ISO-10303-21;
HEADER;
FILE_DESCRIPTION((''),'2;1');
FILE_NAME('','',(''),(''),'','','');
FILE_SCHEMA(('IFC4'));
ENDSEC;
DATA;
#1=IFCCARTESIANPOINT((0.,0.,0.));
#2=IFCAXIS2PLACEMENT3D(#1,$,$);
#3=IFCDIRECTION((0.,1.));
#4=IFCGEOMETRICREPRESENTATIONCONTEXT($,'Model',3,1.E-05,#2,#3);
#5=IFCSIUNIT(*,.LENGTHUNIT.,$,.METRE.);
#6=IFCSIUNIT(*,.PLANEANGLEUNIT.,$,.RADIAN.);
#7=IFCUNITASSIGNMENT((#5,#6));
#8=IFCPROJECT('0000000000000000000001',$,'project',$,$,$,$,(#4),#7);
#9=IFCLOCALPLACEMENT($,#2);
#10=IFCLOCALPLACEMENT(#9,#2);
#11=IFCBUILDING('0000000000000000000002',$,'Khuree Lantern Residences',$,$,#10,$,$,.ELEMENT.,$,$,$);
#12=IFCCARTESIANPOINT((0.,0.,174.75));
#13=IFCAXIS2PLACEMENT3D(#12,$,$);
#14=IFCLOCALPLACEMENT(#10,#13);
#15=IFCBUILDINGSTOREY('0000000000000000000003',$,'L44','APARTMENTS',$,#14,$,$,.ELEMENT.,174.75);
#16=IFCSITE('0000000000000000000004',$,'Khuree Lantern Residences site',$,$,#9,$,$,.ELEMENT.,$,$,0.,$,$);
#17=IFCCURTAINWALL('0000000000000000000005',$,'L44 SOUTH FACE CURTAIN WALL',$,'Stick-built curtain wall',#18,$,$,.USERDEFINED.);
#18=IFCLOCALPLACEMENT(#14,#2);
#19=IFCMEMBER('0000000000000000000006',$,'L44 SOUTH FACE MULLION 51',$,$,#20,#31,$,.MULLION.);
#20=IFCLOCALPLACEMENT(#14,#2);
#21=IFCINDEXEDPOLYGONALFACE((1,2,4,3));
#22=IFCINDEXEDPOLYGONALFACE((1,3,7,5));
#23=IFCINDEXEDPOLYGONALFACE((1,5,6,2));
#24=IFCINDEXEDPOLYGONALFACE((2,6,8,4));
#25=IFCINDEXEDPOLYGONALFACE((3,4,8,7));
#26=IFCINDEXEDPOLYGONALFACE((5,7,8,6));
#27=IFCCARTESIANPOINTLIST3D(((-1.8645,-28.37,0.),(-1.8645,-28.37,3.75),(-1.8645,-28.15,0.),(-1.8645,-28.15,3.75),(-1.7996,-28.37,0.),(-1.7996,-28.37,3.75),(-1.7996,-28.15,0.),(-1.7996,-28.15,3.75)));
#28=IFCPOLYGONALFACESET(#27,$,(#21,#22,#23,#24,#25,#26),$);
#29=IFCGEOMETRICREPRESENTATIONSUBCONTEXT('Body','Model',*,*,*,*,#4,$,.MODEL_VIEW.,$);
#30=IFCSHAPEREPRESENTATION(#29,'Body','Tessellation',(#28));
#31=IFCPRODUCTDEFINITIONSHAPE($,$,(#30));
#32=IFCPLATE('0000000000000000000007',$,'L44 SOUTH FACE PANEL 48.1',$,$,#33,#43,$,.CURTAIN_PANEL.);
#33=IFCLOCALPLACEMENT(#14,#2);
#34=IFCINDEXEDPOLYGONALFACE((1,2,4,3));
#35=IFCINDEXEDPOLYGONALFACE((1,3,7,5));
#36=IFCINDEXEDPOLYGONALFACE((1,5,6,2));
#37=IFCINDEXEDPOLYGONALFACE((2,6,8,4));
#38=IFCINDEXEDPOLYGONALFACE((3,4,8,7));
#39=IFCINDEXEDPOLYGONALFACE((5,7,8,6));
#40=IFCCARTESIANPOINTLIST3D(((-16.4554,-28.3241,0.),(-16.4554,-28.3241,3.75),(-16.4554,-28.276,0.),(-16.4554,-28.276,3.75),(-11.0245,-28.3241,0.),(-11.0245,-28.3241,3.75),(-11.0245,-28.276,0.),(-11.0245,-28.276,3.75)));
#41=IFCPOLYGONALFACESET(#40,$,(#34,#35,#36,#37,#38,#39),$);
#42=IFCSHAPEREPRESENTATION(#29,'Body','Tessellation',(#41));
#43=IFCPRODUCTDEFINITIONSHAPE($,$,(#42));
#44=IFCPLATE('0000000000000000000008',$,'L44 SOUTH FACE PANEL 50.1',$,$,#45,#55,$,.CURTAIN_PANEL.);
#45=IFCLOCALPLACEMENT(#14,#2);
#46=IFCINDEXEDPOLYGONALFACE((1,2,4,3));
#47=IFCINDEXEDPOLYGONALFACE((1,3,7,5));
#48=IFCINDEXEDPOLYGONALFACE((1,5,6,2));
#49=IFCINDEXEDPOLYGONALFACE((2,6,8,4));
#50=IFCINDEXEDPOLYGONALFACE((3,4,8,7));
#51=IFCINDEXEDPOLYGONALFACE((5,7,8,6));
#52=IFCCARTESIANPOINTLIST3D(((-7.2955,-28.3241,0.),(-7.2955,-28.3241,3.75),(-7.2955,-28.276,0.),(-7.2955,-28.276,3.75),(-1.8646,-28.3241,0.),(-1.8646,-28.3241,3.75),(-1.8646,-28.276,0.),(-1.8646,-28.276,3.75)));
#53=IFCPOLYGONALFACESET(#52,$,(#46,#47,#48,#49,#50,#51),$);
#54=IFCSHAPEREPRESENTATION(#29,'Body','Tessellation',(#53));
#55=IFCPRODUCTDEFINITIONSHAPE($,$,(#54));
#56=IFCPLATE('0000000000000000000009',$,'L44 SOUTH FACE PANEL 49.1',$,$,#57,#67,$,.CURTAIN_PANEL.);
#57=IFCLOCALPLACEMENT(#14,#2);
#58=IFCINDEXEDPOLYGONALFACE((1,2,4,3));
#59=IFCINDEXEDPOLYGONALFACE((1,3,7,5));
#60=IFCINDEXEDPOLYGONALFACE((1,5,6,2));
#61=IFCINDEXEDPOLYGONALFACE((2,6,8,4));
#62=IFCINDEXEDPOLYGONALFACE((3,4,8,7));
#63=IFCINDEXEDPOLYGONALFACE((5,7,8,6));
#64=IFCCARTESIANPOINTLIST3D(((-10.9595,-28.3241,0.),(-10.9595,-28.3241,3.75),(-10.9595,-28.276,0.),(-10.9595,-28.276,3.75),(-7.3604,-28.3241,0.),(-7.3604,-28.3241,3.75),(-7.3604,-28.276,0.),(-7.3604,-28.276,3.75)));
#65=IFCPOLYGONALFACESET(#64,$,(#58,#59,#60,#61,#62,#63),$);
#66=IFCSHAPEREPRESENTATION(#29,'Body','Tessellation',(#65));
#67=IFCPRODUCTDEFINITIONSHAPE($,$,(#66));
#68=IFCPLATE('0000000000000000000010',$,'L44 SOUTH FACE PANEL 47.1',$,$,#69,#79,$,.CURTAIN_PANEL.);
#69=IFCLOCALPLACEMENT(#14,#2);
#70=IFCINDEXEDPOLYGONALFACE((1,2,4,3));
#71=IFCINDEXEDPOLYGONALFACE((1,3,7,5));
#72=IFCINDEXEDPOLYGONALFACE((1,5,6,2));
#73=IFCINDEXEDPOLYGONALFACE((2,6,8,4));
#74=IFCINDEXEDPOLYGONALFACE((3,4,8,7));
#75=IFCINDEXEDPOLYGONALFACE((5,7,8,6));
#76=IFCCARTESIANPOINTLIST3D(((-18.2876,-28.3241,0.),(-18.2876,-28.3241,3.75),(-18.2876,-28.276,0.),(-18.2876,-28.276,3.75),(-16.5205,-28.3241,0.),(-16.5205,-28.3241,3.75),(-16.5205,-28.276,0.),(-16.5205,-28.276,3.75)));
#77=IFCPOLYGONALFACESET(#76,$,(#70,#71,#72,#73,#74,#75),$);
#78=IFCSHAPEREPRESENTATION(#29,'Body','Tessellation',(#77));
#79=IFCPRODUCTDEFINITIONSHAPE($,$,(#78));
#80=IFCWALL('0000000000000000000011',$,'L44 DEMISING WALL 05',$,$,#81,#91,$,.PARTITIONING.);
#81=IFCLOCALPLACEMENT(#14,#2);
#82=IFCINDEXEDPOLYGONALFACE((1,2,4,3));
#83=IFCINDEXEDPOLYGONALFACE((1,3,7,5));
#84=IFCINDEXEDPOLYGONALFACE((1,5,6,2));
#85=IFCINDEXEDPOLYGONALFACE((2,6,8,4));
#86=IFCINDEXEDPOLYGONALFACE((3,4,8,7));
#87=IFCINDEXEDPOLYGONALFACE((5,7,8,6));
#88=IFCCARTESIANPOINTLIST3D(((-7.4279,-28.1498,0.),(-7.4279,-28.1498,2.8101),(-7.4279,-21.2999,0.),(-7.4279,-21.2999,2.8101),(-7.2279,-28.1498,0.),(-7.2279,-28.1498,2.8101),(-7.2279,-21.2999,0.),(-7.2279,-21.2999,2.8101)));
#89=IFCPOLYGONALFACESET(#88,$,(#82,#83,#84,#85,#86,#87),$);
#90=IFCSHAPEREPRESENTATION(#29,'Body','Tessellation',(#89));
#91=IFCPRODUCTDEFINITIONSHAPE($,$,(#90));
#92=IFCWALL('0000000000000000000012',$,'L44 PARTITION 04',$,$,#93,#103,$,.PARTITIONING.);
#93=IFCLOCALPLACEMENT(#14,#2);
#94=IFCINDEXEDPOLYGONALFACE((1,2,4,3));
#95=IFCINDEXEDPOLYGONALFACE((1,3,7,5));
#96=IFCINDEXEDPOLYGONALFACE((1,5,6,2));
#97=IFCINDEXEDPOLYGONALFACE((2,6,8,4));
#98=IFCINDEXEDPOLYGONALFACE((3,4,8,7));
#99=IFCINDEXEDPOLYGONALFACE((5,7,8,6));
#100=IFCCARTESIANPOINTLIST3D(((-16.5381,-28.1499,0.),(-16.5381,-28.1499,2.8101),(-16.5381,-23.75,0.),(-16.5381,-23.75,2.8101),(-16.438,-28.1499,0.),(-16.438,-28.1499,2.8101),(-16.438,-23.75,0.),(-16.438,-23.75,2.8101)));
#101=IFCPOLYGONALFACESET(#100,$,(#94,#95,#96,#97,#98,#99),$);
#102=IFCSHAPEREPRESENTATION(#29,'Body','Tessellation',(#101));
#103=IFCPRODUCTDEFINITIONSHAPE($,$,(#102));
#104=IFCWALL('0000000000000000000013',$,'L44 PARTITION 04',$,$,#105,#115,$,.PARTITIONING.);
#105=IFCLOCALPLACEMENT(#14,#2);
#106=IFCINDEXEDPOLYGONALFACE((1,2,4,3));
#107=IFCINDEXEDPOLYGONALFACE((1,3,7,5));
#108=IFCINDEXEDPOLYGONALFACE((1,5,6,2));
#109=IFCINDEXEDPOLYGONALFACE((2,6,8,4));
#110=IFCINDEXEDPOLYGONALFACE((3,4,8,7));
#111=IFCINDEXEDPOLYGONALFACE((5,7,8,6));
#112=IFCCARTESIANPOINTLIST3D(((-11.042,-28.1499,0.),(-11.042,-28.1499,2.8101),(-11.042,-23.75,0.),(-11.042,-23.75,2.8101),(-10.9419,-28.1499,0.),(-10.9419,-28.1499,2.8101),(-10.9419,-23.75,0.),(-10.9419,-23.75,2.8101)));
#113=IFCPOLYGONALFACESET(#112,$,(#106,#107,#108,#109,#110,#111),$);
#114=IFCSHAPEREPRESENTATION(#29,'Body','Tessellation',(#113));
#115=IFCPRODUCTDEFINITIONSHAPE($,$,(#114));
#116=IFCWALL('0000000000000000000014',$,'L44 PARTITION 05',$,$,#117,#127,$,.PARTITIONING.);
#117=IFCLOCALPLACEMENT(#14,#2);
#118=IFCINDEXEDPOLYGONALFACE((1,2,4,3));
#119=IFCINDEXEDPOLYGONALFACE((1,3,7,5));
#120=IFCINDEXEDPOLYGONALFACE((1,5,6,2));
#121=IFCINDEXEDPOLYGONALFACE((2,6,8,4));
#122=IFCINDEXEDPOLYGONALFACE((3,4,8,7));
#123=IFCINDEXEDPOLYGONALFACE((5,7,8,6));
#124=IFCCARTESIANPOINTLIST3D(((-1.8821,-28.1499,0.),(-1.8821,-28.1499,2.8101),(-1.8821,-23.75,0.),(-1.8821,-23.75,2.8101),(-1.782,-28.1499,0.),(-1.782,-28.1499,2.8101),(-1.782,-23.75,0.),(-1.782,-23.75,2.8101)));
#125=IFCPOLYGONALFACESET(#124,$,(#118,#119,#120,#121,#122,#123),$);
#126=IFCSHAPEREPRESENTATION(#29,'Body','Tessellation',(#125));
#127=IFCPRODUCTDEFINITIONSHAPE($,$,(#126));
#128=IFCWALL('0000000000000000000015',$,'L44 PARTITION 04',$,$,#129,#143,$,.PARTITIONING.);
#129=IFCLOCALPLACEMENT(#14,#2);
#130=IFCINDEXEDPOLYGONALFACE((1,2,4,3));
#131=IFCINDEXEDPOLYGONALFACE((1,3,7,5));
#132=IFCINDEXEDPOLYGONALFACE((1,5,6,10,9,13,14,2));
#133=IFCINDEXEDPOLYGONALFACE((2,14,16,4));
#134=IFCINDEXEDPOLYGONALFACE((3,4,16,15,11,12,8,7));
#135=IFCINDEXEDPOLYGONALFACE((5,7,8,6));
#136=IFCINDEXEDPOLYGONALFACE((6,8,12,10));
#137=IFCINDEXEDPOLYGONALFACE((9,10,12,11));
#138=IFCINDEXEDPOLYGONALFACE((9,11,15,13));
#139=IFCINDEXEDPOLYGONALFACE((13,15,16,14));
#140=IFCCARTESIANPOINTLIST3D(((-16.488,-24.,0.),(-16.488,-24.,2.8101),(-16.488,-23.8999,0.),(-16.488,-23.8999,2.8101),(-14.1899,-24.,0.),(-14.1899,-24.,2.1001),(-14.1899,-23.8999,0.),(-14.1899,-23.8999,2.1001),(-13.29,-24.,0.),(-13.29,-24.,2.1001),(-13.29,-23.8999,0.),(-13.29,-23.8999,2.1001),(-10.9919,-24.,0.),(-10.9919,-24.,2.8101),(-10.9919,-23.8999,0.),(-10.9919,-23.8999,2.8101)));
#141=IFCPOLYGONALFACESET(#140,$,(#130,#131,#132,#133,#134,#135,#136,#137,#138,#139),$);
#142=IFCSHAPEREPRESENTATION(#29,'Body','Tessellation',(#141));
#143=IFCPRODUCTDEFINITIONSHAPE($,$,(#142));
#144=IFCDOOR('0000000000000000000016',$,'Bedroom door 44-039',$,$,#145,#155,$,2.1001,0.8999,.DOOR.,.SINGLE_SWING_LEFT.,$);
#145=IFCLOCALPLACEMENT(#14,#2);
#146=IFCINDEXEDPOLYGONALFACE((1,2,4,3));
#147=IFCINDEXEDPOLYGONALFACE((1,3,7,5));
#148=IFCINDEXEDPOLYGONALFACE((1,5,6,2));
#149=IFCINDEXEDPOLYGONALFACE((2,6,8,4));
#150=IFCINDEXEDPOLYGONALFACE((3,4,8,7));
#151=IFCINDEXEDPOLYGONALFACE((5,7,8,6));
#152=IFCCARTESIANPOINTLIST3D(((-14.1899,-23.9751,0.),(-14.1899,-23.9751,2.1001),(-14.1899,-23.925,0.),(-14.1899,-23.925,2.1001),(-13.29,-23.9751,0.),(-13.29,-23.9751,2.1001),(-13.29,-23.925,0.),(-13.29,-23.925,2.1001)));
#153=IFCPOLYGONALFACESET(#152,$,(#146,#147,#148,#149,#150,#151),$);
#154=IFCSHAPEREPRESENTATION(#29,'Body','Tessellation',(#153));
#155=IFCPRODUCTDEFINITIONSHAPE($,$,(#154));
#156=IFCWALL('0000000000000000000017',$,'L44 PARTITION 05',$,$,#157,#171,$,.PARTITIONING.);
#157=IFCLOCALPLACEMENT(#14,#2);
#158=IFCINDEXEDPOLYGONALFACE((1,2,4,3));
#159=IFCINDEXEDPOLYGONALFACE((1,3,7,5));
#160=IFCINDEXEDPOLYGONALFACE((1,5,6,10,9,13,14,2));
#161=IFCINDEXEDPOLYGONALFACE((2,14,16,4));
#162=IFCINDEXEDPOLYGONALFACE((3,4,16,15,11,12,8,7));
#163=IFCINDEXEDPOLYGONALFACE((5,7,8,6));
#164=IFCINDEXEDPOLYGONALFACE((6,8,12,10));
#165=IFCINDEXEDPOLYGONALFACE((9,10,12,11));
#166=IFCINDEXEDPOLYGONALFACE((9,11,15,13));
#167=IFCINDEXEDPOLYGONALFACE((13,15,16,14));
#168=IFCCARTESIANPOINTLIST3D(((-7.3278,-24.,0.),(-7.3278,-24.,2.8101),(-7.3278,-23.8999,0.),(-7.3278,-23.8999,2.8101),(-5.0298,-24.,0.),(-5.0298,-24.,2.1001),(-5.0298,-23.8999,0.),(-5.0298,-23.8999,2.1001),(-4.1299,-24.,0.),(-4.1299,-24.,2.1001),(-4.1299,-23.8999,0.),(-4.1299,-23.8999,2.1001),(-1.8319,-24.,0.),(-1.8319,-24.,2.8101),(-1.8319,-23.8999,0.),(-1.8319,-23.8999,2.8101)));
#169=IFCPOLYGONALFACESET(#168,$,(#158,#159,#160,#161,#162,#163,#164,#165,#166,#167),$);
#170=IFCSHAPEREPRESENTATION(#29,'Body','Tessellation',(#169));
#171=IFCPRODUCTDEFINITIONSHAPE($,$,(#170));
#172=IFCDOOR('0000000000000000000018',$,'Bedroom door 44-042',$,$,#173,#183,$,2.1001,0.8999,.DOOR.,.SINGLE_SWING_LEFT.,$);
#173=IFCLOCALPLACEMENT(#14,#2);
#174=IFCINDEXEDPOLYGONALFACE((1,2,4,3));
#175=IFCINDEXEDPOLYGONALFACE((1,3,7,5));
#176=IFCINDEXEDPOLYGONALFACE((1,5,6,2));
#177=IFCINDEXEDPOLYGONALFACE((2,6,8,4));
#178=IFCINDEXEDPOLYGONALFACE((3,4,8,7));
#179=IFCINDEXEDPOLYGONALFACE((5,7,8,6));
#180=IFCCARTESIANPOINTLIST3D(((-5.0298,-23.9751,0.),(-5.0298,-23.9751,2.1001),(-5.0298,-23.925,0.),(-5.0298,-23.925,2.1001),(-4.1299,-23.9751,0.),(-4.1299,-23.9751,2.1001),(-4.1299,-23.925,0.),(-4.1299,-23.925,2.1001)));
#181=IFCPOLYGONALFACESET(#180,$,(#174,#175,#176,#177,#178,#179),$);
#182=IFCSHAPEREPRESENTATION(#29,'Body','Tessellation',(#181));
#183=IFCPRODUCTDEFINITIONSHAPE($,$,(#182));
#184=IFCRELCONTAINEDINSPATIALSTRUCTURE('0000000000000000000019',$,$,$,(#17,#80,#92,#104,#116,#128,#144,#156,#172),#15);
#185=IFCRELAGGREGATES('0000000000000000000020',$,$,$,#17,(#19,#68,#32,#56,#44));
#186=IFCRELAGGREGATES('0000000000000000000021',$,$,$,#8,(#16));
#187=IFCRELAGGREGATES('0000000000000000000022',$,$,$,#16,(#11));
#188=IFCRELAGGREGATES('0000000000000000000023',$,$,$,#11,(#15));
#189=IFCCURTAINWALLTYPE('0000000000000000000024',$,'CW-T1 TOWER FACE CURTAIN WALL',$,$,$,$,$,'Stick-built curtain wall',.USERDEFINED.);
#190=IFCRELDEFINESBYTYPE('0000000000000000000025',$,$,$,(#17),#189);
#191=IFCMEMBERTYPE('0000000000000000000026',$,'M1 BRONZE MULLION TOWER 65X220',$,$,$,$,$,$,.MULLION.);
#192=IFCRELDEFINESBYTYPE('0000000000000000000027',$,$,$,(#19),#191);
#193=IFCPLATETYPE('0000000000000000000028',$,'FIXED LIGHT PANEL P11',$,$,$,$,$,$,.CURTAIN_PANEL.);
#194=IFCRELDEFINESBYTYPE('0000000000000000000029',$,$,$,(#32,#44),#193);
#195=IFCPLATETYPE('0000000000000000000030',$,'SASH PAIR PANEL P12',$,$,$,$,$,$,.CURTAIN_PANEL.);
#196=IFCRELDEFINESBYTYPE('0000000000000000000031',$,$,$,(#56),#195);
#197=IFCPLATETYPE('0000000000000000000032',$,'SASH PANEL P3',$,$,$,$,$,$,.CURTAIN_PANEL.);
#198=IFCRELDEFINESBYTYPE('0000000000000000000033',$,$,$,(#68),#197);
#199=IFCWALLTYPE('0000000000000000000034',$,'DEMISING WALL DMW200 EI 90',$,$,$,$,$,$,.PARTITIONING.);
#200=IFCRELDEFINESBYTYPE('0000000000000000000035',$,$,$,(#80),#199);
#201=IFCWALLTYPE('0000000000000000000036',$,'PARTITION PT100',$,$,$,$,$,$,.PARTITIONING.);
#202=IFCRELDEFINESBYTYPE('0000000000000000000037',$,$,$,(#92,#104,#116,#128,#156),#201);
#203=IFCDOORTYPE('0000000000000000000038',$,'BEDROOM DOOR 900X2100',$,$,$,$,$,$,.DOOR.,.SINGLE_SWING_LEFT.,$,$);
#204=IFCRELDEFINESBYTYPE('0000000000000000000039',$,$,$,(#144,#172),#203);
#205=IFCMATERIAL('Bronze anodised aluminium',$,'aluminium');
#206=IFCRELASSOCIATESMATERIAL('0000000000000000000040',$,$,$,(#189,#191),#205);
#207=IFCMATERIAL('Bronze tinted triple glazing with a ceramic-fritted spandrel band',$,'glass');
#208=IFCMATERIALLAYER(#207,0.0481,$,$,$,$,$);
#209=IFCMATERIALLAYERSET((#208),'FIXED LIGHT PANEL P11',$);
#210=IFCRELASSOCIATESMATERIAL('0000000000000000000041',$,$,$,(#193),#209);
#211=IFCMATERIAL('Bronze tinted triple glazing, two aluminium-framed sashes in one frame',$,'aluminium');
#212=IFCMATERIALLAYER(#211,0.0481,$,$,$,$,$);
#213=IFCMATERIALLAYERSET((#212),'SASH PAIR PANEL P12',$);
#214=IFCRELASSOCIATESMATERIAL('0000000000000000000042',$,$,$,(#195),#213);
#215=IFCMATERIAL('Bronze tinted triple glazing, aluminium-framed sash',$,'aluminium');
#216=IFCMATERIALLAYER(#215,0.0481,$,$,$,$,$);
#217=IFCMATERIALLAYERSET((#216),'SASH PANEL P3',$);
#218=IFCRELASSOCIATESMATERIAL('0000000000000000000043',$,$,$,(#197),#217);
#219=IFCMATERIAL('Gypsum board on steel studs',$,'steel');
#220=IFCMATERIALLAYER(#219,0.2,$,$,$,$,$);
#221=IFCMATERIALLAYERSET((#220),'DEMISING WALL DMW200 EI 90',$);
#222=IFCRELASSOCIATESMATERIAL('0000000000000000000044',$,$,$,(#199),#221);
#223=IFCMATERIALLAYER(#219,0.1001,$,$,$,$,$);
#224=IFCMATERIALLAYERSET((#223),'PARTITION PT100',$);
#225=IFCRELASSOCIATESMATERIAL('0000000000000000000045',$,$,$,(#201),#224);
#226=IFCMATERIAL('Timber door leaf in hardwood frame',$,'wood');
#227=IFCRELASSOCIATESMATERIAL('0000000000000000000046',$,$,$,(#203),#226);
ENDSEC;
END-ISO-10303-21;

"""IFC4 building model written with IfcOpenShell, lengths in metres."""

from ifc_helpers import new_model, si_unit, direction, frame, frame_2d, origin, origin_2d, place, context, subcontext, project, spatial, rectangle, extrude, material, layer, layer_set, material_profile, profile_set, type_object, element, fill, aggregate, save


model = new_model("IFC4")

# Units and contexts
model_context = context("Model", 3, precision=1e-05, world=origin(), true_north=direction((0.0, 1.0)))
body_context = subcontext(model_context, "Body", "Model", "MODEL_VIEW")
ifc_project = project(units=[si_unit("LENGTHUNIT", "METRE"), si_unit("PLANEANGLEUNIT", "RADIAN")], contexts=[model_context])

# Site, building, storey
site_placement = place(None, origin())
site = spatial("IfcSite", under=ifc_project, at=site_placement, Name="Khuree Lantern Residences site", CompositionType="ELEMENT", RefElevation=0.0)
building_placement = place(site_placement, origin())
building = spatial("IfcBuilding", under=site, at=building_placement, Name="Khuree Lantern Residences", CompositionType="ELEMENT")
storey_placement = place(building_placement, frame((0.0, 0.0, 174.75)))
storey = spatial("IfcBuildingStorey", under=building, at=storey_placement, Name="L44", Description="APARTMENTS", CompositionType="ELEMENT", Elevation=174.75)

# Curtain wall
ifc_material_1 = material(Name="Bronze anodised aluminium", Category="aluminium")
curtain_wall_type = type_object("IfcCurtainWallType", Name="CW-T1 TOWER FACE CURTAIN WALL", ElementType="Stick-built curtain wall", PredefinedType="USERDEFINED", material=ifc_material_1)
curtain_wall_placement = place(storey_placement, origin())
curtain_wall = element("IfcCurtainWall", 1, at=curtain_wall_placement, inside=storey, type_object=curtain_wall_type, Name="L44 SOUTH FACE CURTAIN WALL", ObjectType="Stick-built curtain wall", PredefinedType="USERDEFINED")

# Member
ifc_material_profile_1 = material_profile(ifc_material_1, rectangle(XDim=0.0649, YDim=0.22, at=origin_2d()), Name="M1 65X220")
ifc_profile_set_1 = profile_set([ifc_material_profile_1], Name="Bronze anodised aluminium")
member_type_1 = type_object("IfcMemberType", Name="M1 BRONZE MULLION TOWER 65X220", PredefinedType="MULLION", material=ifc_profile_set_1)
member_1_placement = place(storey_placement, frame((-1.832, -28.26, 0.0), z_axis=(0.0, 0.0, 1.0), x_axis=(1.0, 0.0, 0.0)))
member_1 = element("IfcMember", 2, at=member_1_placement, type_object=member_type_1, Name="L44 SOUTH FACE MULLION 51", PredefinedType="MULLION", context=body_context, shape_type="SweptSolid", body=[
    extrude(rectangle(XDim=0.0649, YDim=0.22, at=origin_2d()), origin(), (0.0, 0.0, 1.0), 3.75),
])

# Plates
ifc_material_2 = material(Name="Bronze tinted triple glazing with a ceramic-fritted spandrel band", Category="glass")
ifc_layer_1 = layer(ifc_material_2, 0.0481)
ifc_layer_set_1 = layer_set([ifc_layer_1], Name="FIXED LIGHT PANEL P11")
plate_type_1 = type_object("IfcPlateType", Name="FIXED LIGHT PANEL P11", PredefinedType="CURTAIN_PANEL", material=ifc_layer_set_1)
plate_1_placement = place(storey_placement, frame((-13.74, -28.3, 0.0), z_axis=(0.0, 0.0, 1.0), x_axis=(1.0, 0.0, 0.0)))
plate_1 = element("IfcPlate", 3, at=plate_1_placement, type_object=plate_type_1, Name="L44 SOUTH FACE PANEL 48.1", PredefinedType="CURTAIN_PANEL", context=body_context, shape_type="SweptSolid", body=[
    extrude(rectangle(XDim=5.4309, YDim=0.0481, at=origin_2d()), origin(), (0.0, 0.0, 1.0), 3.75),
])
plate_2_placement = place(storey_placement, frame((-4.5801, -28.3, 0.0), z_axis=(0.0, 0.0, 1.0), x_axis=(1.0, 0.0, 0.0)))
plate_2 = element("IfcPlate", 4, at=plate_2_placement, type_object=plate_type_1, Name="L44 SOUTH FACE PANEL 50.1", PredefinedType="CURTAIN_PANEL", context=body_context, shape_type="SweptSolid", body=[
    extrude(rectangle(XDim=5.4309, YDim=0.0481, at=origin_2d()), origin(), (0.0, 0.0, 1.0), 3.75),
])
ifc_material_3 = material(Name="Bronze tinted triple glazing, two aluminium-framed sashes in one frame", Category="aluminium")
ifc_layer_2 = layer(ifc_material_3, 0.0481)
ifc_layer_set_2 = layer_set([ifc_layer_2], Name="SASH PAIR PANEL P12")
plate_type_2 = type_object("IfcPlateType", Name="SASH PAIR PANEL P12", PredefinedType="CURTAIN_PANEL", material=ifc_layer_set_2)
plate_3_placement = place(storey_placement, frame((-9.1599, -28.3, 0.0), z_axis=(0.0, 0.0, 1.0), x_axis=(1.0, 0.0, 0.0)))
plate_3 = element("IfcPlate", 5, at=plate_3_placement, type_object=plate_type_2, Name="L44 SOUTH FACE PANEL 49.1", PredefinedType="CURTAIN_PANEL", context=body_context, shape_type="SweptSolid", body=[
    extrude(rectangle(XDim=3.5991, YDim=0.0481, at=origin_2d()), origin(), (0.0, 0.0, 1.0), 3.75),
])
ifc_material_4 = material(Name="Bronze tinted triple glazing, aluminium-framed sash", Category="aluminium")
ifc_layer_3 = layer(ifc_material_4, 0.0481)
ifc_layer_set_3 = layer_set([ifc_layer_3], Name="SASH PANEL P3")
plate_type_3 = type_object("IfcPlateType", Name="SASH PANEL P3", PredefinedType="CURTAIN_PANEL", material=ifc_layer_set_3)
plate_4_placement = place(storey_placement, frame((-17.4041, -28.3, 0.0), z_axis=(0.0, 0.0, 1.0), x_axis=(1.0, 0.0, 0.0)))
plate_4 = element("IfcPlate", 6, at=plate_4_placement, type_object=plate_type_3, Name="L44 SOUTH FACE PANEL 47.1", PredefinedType="CURTAIN_PANEL", context=body_context, shape_type="SweptSolid", body=[
    extrude(rectangle(XDim=1.7671, YDim=0.0481, at=origin_2d()), origin(), (0.0, 0.0, 1.0), 3.75),
])
aggregate(curtain_wall, [member_1, plate_4, plate_1, plate_3, plate_2])

# Walls
ifc_material_5 = material(Name="Gypsum board on steel studs", Category="steel")
ifc_layer_4 = layer(ifc_material_5, 0.2)
ifc_layer_set_4 = layer_set([ifc_layer_4], Name="DEMISING WALL DMW200 EI 90")
wall_type_1 = type_object("IfcWallType", Name="DEMISING WALL DMW200 EI 90", PredefinedType="PARTITIONING", material=ifc_layer_set_4)
wall_1_placement = place(storey_placement, frame((-7.3279, -21.3, 0.0), z_axis=(0.0, 0.0, 1.0), x_axis=(0.0, -1.0, 0.0)))
element("IfcWall", 7, at=wall_1_placement, inside=storey, type_object=wall_type_1, Name="L44 DEMISING WALL 05", PredefinedType="PARTITIONING", context=body_context, shape_type="SweptSolid", body=[
    extrude(rectangle(XDim=6.8499, YDim=0.2, at=frame_2d((3.4248, 0.0))), origin(), (0.0, 0.0, 1.0), 2.8101),
])
ifc_layer_5 = layer(ifc_material_5, 0.1001)
ifc_layer_set_5 = layer_set([ifc_layer_5], Name="PARTITION PT100")
wall_type_2 = type_object("IfcWallType", Name="PARTITION PT100", PredefinedType="PARTITIONING", material=ifc_layer_set_5)
for number, where, z_axis, x_axis, name in (
    (8, (-16.488, -23.75, 0.0), (0.0, 0.0, 1.0), (0.0, -1.0, 0.0), "L44 PARTITION 04"),
    (9, (-10.9919, -23.75, 0.0), (0.0, 0.0, 1.0), (0.0, -1.0, 0.0), "L44 PARTITION 04"),
    (10, (-1.832, -23.75, 0.0), (0.0, 0.0, 1.0), (0.0, -1.0, 0.0), "L44 PARTITION 05"),
):
    element("IfcWall", number, at=place(storey_placement, frame(where, z_axis=z_axis, x_axis=x_axis)), inside=storey, type_object=wall_type_2, Name=name, PredefinedType="PARTITIONING", context=body_context, shape_type="SweptSolid", body=[
        extrude(rectangle(XDim=4.3999, YDim=0.1001, at=frame_2d((2.2, 0.0))), origin(), (0.0, 0.0, 1.0), 2.8101),
    ])

# Walls, openings, doors
wall_2_placement = place(storey_placement, frame((-16.488, -23.95, 0.0), z_axis=(0.0, 0.0, 1.0), x_axis=(1.0, 0.0, 0.0)))
wall_2 = element("IfcWall", 11, at=wall_2_placement, inside=storey, type_object=wall_type_2, Name="L44 PARTITION 04", PredefinedType="PARTITIONING", context=body_context, shape_type="SweptSolid", body=[
    extrude(rectangle(XDim=5.4961, YDim=0.1001, at=frame_2d((2.748, 0.0))), origin(), (0.0, 0.0, 1.0), 2.8101),
])
opening_1_placement = place(wall_2_placement, frame((2.2981, 0.0, 0.0)))
opening_1 = element("IfcOpeningElement", 12, at=opening_1_placement, cuts=wall_2, PredefinedType="OPENING", context=body_context, shape_type="SweptSolid", body=[
    extrude(rectangle(XDim=0.8999, YDim=2.1001, at=frame_2d((0.45, 1.05))), frame((0.0, 0.0601, 0.0), z_axis=(0.0, -1.0, 0.0), x_axis=(1.0, 0.0, 0.0)), (0.0, 0.0, 1.0), 0.1201),
])
ifc_material_6 = material(Name="Timber door leaf in hardwood frame", Category="wood")
door_type = type_object("IfcDoorType", Name="BEDROOM DOOR 900X2100", OperationType="SINGLE_SWING_LEFT", PredefinedType="DOOR", material=ifc_material_6)
door_1_placement = place(opening_1_placement, origin())
door_1 = element("IfcDoor", 13, at=door_1_placement, inside=storey, type_object=door_type, Name="Bedroom door 44-039", OperationType="SINGLE_SWING_LEFT", OverallHeight=2.1001, OverallWidth=0.8999, PredefinedType="DOOR", context=body_context, shape_type="SweptSolid", body=[
    extrude(rectangle(XDim=0.8999, YDim=2.1001, at=frame_2d((0.45, 1.05))), frame((0.0, 0.0249, 0.0), z_axis=(0.0, -1.0, 0.0), x_axis=(1.0, 0.0, 0.0)), (0.0, 0.0, 1.0), 0.05),
])
fill(opening_1, door_1)
wall_3_placement = place(storey_placement, frame((-7.3279, -23.95, 0.0), z_axis=(0.0, 0.0, 1.0), x_axis=(1.0, 0.0, 0.0)))
wall_3 = element("IfcWall", 14, at=wall_3_placement, inside=storey, type_object=wall_type_2, Name="L44 PARTITION 05", PredefinedType="PARTITIONING", context=body_context, shape_type="SweptSolid", body=[
    extrude(rectangle(XDim=5.4958, YDim=0.1001, at=frame_2d((2.748, 0.0))), origin(), (0.0, 0.0, 1.0), 2.8101),
])
opening_2_placement = place(wall_3_placement, frame((2.2981, 0.0, 0.0)))
opening_2 = element("IfcOpeningElement", 15, at=opening_2_placement, cuts=wall_3, PredefinedType="OPENING", context=body_context, shape_type="SweptSolid", body=[
    extrude(rectangle(XDim=0.8999, YDim=2.1001, at=frame_2d((0.45, 1.05))), frame((0.0, 0.0601, 0.0), z_axis=(0.0, -1.0, 0.0), x_axis=(1.0, 0.0, 0.0)), (0.0, 0.0, 1.0), 0.1201),
])
door_2_placement = place(opening_2_placement, origin())
door_2 = element("IfcDoor", 16, at=door_2_placement, inside=storey, type_object=door_type, Name="Bedroom door 44-042", OperationType="SINGLE_SWING_LEFT", OverallHeight=2.1001, OverallWidth=0.8999, PredefinedType="DOOR", context=body_context, shape_type="SweptSolid", body=[
    extrude(rectangle(XDim=0.8999, YDim=2.1001, at=frame_2d((0.45, 1.05))), frame((0.0, 0.0249, 0.0), z_axis=(0.0, -1.0, 0.0), x_axis=(1.0, 0.0, 0.0)), (0.0, 0.0, 1.0), 0.05),
])
fill(opening_2, door_2)

save(model, "model.ifc")
